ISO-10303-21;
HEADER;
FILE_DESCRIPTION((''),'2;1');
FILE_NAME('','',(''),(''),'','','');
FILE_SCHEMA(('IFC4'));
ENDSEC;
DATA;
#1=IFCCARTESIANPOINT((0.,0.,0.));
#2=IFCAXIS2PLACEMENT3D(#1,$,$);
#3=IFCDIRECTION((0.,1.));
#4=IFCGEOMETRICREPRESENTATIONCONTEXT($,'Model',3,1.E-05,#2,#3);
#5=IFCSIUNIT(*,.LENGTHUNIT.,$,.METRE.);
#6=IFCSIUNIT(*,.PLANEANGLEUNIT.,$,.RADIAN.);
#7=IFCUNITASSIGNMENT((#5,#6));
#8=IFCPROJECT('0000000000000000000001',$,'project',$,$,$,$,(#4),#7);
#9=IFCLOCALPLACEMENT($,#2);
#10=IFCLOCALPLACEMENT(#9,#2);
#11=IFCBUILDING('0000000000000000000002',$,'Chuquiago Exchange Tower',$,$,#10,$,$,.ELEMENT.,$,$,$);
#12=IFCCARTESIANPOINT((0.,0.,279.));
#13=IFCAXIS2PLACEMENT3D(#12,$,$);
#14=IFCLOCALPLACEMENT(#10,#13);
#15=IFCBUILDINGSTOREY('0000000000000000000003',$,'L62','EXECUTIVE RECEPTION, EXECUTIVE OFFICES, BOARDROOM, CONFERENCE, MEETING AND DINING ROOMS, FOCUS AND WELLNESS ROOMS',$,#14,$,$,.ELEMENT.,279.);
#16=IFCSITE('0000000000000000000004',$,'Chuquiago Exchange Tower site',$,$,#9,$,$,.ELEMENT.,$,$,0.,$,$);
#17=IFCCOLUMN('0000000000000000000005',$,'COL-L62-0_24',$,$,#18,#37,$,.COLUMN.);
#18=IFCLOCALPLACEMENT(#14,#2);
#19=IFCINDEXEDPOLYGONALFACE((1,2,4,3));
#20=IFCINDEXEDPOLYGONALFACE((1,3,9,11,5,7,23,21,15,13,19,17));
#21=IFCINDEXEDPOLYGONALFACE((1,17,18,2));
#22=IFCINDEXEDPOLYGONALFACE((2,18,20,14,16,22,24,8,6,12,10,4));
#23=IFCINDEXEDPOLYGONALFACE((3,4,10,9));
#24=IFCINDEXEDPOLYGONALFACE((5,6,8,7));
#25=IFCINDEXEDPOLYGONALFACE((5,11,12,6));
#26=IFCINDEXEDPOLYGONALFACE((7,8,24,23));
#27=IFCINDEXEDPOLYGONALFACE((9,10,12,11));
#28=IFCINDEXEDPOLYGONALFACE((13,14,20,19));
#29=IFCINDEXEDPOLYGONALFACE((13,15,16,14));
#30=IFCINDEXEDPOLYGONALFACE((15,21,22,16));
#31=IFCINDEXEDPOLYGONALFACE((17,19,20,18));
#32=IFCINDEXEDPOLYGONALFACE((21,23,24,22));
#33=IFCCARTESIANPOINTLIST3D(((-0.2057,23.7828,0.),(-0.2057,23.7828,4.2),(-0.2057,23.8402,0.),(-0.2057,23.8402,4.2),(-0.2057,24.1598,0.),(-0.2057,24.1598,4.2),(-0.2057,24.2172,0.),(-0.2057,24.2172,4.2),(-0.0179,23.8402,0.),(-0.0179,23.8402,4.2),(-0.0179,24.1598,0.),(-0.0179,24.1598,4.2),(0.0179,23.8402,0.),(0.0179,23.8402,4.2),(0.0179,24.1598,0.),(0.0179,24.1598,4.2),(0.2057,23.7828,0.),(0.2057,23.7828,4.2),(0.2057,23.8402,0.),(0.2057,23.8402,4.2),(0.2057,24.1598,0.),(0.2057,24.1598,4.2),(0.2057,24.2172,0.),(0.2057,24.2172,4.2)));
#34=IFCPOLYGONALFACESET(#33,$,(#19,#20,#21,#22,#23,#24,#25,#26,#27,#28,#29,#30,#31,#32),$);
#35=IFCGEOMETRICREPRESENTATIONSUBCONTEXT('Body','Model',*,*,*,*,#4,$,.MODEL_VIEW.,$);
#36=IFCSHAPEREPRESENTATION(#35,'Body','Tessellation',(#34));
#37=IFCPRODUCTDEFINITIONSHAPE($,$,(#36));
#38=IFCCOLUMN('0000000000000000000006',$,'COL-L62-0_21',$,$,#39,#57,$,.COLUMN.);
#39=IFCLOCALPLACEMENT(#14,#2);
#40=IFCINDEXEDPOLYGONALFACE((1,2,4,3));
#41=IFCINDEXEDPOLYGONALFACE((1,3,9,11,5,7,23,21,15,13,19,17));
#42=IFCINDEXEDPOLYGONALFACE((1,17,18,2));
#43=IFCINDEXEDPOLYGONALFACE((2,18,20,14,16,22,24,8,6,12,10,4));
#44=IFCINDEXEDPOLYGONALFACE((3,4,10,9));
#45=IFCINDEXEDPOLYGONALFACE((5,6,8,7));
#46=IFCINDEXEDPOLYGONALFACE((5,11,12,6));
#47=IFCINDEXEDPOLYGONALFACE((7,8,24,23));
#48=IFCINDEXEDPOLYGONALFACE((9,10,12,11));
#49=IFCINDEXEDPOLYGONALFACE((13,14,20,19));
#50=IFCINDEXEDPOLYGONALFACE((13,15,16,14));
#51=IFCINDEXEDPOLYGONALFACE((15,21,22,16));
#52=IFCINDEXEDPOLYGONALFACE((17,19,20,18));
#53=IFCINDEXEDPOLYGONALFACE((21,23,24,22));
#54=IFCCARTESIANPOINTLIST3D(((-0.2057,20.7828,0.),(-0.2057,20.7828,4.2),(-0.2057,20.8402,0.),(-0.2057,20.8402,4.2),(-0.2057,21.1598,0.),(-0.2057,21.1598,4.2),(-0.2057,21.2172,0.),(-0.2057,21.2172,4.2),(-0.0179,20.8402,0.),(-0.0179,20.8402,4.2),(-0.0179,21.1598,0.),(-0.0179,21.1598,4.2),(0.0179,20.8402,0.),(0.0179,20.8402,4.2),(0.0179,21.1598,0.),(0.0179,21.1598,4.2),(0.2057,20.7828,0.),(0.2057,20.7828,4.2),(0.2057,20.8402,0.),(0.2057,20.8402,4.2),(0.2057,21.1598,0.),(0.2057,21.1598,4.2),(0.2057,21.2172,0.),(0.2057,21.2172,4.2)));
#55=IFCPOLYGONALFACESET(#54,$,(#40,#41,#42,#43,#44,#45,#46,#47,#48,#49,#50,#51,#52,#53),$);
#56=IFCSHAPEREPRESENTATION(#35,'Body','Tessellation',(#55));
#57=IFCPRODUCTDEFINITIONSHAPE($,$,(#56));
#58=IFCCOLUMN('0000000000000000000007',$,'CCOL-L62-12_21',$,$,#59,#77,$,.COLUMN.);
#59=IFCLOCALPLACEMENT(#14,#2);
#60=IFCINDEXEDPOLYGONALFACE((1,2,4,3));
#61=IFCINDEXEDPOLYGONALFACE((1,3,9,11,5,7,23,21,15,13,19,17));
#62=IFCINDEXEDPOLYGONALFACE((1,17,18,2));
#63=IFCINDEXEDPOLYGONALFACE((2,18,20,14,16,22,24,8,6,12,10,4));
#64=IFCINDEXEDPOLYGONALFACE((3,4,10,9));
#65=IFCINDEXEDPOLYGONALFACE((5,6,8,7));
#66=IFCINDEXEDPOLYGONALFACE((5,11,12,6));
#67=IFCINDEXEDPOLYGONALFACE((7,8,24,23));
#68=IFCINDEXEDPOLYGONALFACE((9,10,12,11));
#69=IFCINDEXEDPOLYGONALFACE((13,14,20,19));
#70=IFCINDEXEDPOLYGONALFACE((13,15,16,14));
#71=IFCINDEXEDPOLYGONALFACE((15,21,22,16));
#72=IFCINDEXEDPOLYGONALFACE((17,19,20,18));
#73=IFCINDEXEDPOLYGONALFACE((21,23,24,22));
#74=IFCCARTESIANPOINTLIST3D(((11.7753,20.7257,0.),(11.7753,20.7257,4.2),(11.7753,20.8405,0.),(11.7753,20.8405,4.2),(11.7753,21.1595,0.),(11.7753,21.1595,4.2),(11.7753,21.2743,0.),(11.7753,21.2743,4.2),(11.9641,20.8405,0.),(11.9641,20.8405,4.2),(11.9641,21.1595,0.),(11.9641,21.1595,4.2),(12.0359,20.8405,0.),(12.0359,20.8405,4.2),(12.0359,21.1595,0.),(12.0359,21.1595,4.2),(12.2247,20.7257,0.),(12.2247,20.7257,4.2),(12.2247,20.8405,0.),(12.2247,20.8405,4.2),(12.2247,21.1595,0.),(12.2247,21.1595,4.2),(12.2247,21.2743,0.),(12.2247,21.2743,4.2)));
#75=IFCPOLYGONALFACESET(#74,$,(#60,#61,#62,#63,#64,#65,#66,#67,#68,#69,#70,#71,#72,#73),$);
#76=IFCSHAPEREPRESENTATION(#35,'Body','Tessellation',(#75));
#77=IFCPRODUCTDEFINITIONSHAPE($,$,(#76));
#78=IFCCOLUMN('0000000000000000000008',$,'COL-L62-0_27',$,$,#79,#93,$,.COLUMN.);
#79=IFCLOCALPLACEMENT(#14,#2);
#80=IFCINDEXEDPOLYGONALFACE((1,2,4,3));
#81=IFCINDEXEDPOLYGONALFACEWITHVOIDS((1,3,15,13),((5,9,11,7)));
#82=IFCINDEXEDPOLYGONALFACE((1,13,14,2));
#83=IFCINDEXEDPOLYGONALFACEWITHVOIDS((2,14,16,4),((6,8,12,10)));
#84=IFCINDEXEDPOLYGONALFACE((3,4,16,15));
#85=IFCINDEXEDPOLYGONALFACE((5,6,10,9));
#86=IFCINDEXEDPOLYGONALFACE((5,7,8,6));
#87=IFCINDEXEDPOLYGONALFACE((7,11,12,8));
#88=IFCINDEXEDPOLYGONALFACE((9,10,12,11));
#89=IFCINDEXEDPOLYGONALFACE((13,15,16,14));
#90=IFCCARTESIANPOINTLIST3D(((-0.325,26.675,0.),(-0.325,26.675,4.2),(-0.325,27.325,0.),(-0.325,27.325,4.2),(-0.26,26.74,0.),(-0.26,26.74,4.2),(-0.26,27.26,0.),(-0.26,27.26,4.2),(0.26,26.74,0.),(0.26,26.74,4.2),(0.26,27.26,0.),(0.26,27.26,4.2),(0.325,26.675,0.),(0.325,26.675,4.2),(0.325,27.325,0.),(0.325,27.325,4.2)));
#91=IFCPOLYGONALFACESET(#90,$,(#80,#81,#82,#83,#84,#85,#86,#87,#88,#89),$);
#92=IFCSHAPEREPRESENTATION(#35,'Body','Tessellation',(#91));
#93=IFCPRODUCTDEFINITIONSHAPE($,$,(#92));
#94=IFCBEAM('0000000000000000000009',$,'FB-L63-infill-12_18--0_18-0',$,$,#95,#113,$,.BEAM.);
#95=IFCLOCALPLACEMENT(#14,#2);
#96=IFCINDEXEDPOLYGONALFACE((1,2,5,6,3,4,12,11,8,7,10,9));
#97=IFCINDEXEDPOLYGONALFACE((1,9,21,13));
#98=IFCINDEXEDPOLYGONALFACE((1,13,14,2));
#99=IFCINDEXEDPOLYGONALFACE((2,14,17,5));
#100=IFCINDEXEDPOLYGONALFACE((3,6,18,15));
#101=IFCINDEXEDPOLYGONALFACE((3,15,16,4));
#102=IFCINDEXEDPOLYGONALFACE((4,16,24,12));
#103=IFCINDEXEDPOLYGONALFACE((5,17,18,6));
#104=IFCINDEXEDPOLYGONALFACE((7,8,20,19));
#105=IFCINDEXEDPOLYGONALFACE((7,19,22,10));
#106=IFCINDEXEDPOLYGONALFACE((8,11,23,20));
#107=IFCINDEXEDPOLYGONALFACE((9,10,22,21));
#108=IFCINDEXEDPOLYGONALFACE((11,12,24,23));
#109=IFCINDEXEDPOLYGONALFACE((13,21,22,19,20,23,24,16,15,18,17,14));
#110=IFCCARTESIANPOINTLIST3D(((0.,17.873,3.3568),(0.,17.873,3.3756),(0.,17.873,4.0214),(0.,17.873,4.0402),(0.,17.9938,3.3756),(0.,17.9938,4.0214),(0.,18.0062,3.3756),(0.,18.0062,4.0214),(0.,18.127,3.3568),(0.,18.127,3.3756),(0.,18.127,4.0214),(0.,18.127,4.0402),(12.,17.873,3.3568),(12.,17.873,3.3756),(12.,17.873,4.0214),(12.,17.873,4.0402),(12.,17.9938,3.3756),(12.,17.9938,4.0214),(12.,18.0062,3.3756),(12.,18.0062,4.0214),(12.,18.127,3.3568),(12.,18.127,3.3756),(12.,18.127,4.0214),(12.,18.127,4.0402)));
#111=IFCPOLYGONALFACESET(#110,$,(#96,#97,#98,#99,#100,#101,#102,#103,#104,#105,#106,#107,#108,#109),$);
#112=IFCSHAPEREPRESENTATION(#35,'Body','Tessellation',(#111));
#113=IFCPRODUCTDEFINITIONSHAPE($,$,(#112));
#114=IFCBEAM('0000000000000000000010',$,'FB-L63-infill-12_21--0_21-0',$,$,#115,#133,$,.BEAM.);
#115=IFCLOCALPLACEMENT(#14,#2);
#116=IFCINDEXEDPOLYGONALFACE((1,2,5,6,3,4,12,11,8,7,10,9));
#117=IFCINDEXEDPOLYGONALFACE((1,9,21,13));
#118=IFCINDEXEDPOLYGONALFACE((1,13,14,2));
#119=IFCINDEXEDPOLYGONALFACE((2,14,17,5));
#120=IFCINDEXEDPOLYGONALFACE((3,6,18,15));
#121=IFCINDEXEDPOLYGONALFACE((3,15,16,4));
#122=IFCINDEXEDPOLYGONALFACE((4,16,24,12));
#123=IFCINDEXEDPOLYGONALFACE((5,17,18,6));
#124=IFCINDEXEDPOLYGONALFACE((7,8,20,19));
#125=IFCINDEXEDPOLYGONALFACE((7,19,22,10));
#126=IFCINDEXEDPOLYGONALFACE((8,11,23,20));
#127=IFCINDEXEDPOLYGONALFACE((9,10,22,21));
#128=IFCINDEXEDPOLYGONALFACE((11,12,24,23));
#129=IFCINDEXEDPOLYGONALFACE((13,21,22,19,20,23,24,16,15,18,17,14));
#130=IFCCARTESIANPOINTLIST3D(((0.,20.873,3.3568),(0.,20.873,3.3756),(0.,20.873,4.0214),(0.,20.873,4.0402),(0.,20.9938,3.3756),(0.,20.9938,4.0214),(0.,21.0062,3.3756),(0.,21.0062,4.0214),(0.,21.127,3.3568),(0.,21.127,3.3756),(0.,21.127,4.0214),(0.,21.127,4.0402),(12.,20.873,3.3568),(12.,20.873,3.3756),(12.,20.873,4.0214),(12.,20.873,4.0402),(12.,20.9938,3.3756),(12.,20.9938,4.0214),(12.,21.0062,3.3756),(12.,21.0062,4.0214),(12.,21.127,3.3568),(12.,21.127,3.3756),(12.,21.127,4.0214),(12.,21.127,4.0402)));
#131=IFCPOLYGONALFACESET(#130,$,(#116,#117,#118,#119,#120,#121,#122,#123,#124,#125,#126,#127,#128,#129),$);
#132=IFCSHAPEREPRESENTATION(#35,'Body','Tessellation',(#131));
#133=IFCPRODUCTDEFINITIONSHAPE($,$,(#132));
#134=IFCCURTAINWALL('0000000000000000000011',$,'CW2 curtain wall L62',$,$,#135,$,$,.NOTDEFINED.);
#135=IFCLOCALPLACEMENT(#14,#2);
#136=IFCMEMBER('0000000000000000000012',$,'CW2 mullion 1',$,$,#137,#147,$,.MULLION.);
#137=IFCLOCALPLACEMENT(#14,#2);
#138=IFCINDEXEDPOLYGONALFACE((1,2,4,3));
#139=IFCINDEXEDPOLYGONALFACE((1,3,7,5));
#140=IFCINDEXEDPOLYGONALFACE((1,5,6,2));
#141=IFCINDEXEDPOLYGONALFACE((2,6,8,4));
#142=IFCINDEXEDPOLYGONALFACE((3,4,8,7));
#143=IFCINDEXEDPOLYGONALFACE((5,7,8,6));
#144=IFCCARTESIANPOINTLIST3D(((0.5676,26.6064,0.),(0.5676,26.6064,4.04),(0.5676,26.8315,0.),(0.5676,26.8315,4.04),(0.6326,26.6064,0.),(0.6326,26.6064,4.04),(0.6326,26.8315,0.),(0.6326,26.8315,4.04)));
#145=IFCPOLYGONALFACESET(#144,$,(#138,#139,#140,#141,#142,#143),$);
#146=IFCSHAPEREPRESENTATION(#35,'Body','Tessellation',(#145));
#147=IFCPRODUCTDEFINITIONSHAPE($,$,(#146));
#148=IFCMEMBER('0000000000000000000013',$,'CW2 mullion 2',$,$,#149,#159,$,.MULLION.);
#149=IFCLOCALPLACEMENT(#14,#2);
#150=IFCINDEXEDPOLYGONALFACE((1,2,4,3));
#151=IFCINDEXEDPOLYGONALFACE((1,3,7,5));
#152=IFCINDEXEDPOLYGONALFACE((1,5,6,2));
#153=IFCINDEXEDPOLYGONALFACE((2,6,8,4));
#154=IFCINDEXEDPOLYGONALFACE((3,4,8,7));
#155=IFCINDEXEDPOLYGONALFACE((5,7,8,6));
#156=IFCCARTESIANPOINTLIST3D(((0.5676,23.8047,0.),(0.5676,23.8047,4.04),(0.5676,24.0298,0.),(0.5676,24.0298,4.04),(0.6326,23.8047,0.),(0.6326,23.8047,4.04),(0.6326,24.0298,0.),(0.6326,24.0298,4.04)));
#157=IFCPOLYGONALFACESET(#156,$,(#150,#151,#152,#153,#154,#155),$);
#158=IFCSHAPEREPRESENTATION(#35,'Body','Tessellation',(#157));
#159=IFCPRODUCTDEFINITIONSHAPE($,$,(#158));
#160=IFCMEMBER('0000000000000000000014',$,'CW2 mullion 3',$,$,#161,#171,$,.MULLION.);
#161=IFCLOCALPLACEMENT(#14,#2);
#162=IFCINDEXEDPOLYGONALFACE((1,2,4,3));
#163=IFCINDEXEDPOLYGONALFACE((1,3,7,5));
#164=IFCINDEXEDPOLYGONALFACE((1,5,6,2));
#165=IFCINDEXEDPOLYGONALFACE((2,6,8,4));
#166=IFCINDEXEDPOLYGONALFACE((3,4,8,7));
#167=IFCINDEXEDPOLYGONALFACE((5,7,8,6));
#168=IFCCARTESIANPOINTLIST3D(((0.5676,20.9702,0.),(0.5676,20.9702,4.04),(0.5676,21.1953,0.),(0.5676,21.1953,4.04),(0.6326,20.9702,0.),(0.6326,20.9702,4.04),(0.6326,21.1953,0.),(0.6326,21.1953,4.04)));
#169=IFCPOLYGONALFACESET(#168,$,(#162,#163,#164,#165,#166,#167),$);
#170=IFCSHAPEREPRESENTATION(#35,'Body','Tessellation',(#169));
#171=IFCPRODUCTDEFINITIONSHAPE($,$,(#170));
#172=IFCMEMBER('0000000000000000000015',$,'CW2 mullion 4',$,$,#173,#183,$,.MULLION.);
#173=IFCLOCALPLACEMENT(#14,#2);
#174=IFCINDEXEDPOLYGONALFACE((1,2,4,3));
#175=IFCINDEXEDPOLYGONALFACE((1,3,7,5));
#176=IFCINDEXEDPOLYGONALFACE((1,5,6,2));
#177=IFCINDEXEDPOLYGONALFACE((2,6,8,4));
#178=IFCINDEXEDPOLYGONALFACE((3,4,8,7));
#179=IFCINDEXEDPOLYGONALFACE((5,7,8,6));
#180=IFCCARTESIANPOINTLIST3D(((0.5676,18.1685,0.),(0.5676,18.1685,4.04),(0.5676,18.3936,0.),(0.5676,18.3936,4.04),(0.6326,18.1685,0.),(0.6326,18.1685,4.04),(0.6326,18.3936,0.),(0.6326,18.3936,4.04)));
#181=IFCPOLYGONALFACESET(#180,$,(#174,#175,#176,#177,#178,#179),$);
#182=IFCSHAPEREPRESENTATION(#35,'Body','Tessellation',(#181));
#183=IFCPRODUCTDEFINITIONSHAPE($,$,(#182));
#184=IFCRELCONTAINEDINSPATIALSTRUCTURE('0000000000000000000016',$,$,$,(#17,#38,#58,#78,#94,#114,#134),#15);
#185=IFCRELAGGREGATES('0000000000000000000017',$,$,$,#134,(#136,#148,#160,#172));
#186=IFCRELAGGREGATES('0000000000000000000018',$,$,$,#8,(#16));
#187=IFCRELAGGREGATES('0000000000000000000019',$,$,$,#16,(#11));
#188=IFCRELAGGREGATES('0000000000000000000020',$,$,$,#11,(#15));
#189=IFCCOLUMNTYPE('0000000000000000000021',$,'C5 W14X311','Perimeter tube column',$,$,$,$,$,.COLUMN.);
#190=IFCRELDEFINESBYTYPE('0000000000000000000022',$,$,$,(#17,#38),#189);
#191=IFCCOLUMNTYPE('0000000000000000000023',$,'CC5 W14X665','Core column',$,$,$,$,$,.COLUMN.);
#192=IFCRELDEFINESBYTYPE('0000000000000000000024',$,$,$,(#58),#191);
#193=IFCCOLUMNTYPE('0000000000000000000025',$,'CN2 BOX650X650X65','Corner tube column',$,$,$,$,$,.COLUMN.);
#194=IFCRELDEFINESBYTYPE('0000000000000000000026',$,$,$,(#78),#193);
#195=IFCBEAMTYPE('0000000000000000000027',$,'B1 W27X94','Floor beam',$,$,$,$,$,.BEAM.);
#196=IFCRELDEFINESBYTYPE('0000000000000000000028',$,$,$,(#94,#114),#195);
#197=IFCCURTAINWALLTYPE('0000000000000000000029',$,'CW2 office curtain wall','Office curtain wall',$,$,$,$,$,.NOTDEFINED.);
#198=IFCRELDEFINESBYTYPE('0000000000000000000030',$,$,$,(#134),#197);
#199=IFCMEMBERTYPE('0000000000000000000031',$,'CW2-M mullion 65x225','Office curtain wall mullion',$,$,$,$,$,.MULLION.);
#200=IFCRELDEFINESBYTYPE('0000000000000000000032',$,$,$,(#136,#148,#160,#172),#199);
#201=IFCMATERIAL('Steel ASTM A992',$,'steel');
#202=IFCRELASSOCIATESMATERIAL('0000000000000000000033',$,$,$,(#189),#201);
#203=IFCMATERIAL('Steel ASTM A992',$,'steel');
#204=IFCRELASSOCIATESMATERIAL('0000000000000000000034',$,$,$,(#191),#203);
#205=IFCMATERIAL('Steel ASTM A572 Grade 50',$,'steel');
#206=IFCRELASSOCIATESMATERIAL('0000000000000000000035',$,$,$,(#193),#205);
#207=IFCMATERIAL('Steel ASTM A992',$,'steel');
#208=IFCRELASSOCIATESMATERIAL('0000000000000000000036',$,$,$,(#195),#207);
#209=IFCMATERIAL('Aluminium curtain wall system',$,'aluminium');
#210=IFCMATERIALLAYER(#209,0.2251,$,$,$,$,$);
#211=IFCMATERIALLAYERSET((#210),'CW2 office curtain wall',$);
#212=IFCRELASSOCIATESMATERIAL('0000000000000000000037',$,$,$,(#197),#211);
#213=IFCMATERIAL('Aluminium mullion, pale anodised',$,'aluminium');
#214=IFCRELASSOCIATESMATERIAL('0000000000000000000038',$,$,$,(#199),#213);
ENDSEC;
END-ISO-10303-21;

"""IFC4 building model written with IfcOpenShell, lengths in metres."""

from ifc_helpers import new_model, si_unit, direction, frame, origin, origin_2d, place, context, subcontext, project, spatial, rectangle, hollow_rectangle, i_section, extrude, material, layer, layer_set, material_profile, profile_set, type_object, element, aggregate, save


model = new_model("IFC4")

# Units and contexts
model_context = context("Model", 3, precision=1e-05, world=origin(), true_north=direction((0.0, 1.0)))
body_context = subcontext(model_context, "Body", "Model", "MODEL_VIEW")
ifc_project = project(units=[si_unit("LENGTHUNIT", "METRE"), si_unit("PLANEANGLEUNIT", "RADIAN")], contexts=[model_context])

# Site, building, storey
site_placement = place(None, origin())
site = spatial("IfcSite", under=ifc_project, at=site_placement, Name="Chuquiago Exchange Tower site", CompositionType="ELEMENT", RefElevation=0.0)
building_placement = place(site_placement, origin())
building = spatial("IfcBuilding", under=site, at=building_placement, Name="Chuquiago Exchange Tower", CompositionType="ELEMENT")
storey_placement = place(building_placement, frame((0.0, 0.0, 279.0)))
storey = spatial("IfcBuildingStorey", under=building, at=storey_placement, Name="L62", Description="EXECUTIVE RECEPTION, EXECUTIVE OFFICES, BOARDROOM, CONFERENCE, MEETING AND DINING ROOMS, FOCUS AND WELLNESS ROOMS", CompositionType="ELEMENT", Elevation=279.0)

# Columns
ifc_material_1 = material(Name="Steel ASTM A992", Category="steel")
ifc_material_profile_1 = material_profile(ifc_material_1, i_section(OverallWidth=0.4114, OverallDepth=0.4343, WebThickness=0.0359, FlangeThickness=0.0574, at=origin_2d()), Name="W14X311")
ifc_profile_set_1 = profile_set([ifc_material_profile_1], Name="Steel ASTM A992")
column_type_1 = type_object("IfcColumnType", Name="C5 W14X311", Description="Perimeter tube column", PredefinedType="COLUMN", material=ifc_profile_set_1)
for number, where, z_axis, x_axis, name in (
    (1, (0.0, 24.0, 0.0), (0.0, 0.0, 1.0), (-1.0, 0.0, 0.0), "COL-L62-0_24"),
    (2, (0.0, 21.0, 0.0), (0.0, 0.0, 1.0), (-1.0, 0.0, 0.0), "COL-L62-0_21"),
):
    element("IfcColumn", number, at=place(storey_placement, frame(where, z_axis=z_axis, x_axis=x_axis)), inside=storey, type_object=column_type_1, Name=name, PredefinedType="COLUMN", context=body_context, shape_type="SweptSolid", body=[
        extrude(i_section(OverallWidth=0.4114, OverallDepth=0.4343, WebThickness=0.0359, FlangeThickness=0.0574, at=origin_2d()), origin(), (0.0, 0.0, 1.0), 4.2),
    ])
ifc_material_2 = material(Name="Steel ASTM A992", Category="steel")
ifc_material_profile_2 = material_profile(ifc_material_2, i_section(OverallWidth=0.4495, OverallDepth=0.5486, WebThickness=0.0718, FlangeThickness=0.1147, at=origin_2d()), Name="W14X665")
ifc_profile_set_2 = profile_set([ifc_material_profile_2], Name="Steel ASTM A992")
column_type_2 = type_object("IfcColumnType", Name="CC5 W14X665", Description="Core column", PredefinedType="COLUMN", material=ifc_profile_set_2)
column_1_placement = place(storey_placement, frame((12.0, 21.0, 0.0), z_axis=(0.0, 0.0, 1.0), x_axis=(1.0, 0.0, 0.0)))
element("IfcColumn", 3, at=column_1_placement, inside=storey, type_object=column_type_2, Name="CCOL-L62-12_21", PredefinedType="COLUMN", context=body_context, shape_type="SweptSolid", body=[
    extrude(i_section(OverallWidth=0.4495, OverallDepth=0.5486, WebThickness=0.0718, FlangeThickness=0.1147, at=origin_2d()), origin(), (0.0, 0.0, 1.0), 4.2),
])
ifc_material_3 = material(Name="Steel ASTM A572 Grade 50", Category="steel")
ifc_material_profile_3 = material_profile(ifc_material_3, hollow_rectangle(XDim=0.6499, YDim=0.6499, WallThickness=0.0649, at=origin_2d()), Name="BOX650X650X65")
ifc_profile_set_3 = profile_set([ifc_material_profile_3], Name="Steel ASTM A572 Grade 50")
column_type_3 = type_object("IfcColumnType", Name="CN2 BOX650X650X65", Description="Corner tube column", PredefinedType="COLUMN", material=ifc_profile_set_3)
column_2_placement = place(storey_placement, frame((0.0, 27.0, 0.0), z_axis=(0.0, 0.0, 1.0), x_axis=(-1.0, 0.0, 0.0)))
element("IfcColumn", 4, at=column_2_placement, inside=storey, type_object=column_type_3, Name="COL-L62-0_27", PredefinedType="COLUMN", context=body_context, shape_type="SweptSolid", body=[
    extrude(hollow_rectangle(XDim=0.6499, YDim=0.6499, WallThickness=0.0649, at=origin_2d()), origin(), (0.0, 0.0, 1.0), 4.2),
])

# Beams
ifc_material_4 = material(Name="Steel ASTM A992", Category="steel")
ifc_material_profile_4 = material_profile(ifc_material_4, i_section(OverallWidth=0.2539, OverallDepth=0.6833, WebThickness=0.0125, FlangeThickness=0.0188, at=origin_2d()), Name="W27X94")
ifc_profile_set_4 = profile_set([ifc_material_profile_4], Name="Steel ASTM A992")
beam_type_1 = type_object("IfcBeamType", Name="B1 W27X94", Description="Floor beam", PredefinedType="BEAM", material=ifc_profile_set_4)
for number, where, z_axis, x_axis, name in (
    (5, (12.0, 18.0, 3.6985), (-1.0, 0.0, 0.0), (0.0, -1.0, 0.0), "FB-L63-infill-12_18--0_18-0"),
    (6, (12.0, 21.0, 3.6985), (-1.0, 0.0, 0.0), (0.0, -1.0, 0.0), "FB-L63-infill-12_21--0_21-0"),
):
    element("IfcBeam", number, at=place(storey_placement, frame(where, z_axis=z_axis, x_axis=x_axis)), inside=storey, type_object=beam_type_1, Name=name, PredefinedType="BEAM", context=body_context, shape_type="SweptSolid", body=[
        extrude(i_section(OverallWidth=0.2539, OverallDepth=0.6833, WebThickness=0.0125, FlangeThickness=0.0188, at=origin_2d()), origin(), (0.0, 0.0, 1.0), 12.0),
    ])

# Curtain wall, members
ifc_material_5 = material(Name="Aluminium curtain wall system", Category="aluminium")
ifc_layer_1 = layer(ifc_material_5, 0.2251)
ifc_layer_set_1 = layer_set([ifc_layer_1], Name="CW2 office curtain wall")
curtain_wall_type_1 = type_object("IfcCurtainWallType", Name="CW2 office curtain wall", Description="Office curtain wall", PredefinedType="NOTDEFINED", material=ifc_layer_set_1)
curtain_wall_1_placement = place(storey_placement, origin())
curtain_wall_1 = element("IfcCurtainWall", 7, at=curtain_wall_1_placement, inside=storey, type_object=curtain_wall_type_1, Name="CW2 curtain wall L62", PredefinedType="NOTDEFINED")
ifc_material_6 = material(Name="Aluminium mullion, pale anodised", Category="aluminium")
ifc_material_profile_5 = material_profile(ifc_material_6, rectangle(XDim=0.0649, YDim=0.2251, at=origin_2d()), Name="AL 65x225")
ifc_profile_set_5 = profile_set([ifc_material_profile_5], Name="Aluminium mullion, pale anodised")
member_type_1 = type_object("IfcMemberType", Name="CW2-M mullion 65x225", Description="Office curtain wall mullion", PredefinedType="MULLION", material=ifc_profile_set_5)
member_1_placement = place(storey_placement, frame((0.6001, 26.719, 0.0), z_axis=(0.0, 0.0, 1.0), x_axis=(1.0, 0.0, 0.0)))
member_1 = element("IfcMember", 8, at=member_1_placement, type_object=member_type_1, Name="CW2 mullion 1", PredefinedType="MULLION", context=body_context, shape_type="SweptSolid", body=[
    extrude(rectangle(XDim=0.0649, YDim=0.2251, at=origin_2d()), origin(), (0.0, 0.0, 1.0), 4.04),
])
member_2_placement = place(storey_placement, frame((0.6001, 23.9172, 0.0), z_axis=(0.0, 0.0, 1.0), x_axis=(1.0, 0.0, 0.0)))
member_2 = element("IfcMember", 9, at=member_2_placement, type_object=member_type_1, Name="CW2 mullion 2", PredefinedType="MULLION", context=body_context, shape_type="SweptSolid", body=[
    extrude(rectangle(XDim=0.0649, YDim=0.2251, at=origin_2d()), origin(), (0.0, 0.0, 1.0), 4.04),
])
member_3_placement = place(storey_placement, frame((0.6001, 21.0828, 0.0), z_axis=(0.0, 0.0, 1.0), x_axis=(1.0, 0.0, 0.0)))
member_3 = element("IfcMember", 10, at=member_3_placement, type_object=member_type_1, Name="CW2 mullion 3", PredefinedType="MULLION", context=body_context, shape_type="SweptSolid", body=[
    extrude(rectangle(XDim=0.0649, YDim=0.2251, at=origin_2d()), origin(), (0.0, 0.0, 1.0), 4.04),
])
member_4_placement = place(storey_placement, frame((0.6001, 18.281, 0.0), z_axis=(0.0, 0.0, 1.0), x_axis=(1.0, 0.0, 0.0)))
member_4 = element("IfcMember", 11, at=member_4_placement, type_object=member_type_1, Name="CW2 mullion 4", PredefinedType="MULLION", context=body_context, shape_type="SweptSolid", body=[
    extrude(rectangle(XDim=0.0649, YDim=0.2251, at=origin_2d()), origin(), (0.0, 0.0, 1.0), 4.04),
])

aggregate(curtain_wall_1, [member_1, member_2, member_3, member_4])

save(model, "model.ifc")
